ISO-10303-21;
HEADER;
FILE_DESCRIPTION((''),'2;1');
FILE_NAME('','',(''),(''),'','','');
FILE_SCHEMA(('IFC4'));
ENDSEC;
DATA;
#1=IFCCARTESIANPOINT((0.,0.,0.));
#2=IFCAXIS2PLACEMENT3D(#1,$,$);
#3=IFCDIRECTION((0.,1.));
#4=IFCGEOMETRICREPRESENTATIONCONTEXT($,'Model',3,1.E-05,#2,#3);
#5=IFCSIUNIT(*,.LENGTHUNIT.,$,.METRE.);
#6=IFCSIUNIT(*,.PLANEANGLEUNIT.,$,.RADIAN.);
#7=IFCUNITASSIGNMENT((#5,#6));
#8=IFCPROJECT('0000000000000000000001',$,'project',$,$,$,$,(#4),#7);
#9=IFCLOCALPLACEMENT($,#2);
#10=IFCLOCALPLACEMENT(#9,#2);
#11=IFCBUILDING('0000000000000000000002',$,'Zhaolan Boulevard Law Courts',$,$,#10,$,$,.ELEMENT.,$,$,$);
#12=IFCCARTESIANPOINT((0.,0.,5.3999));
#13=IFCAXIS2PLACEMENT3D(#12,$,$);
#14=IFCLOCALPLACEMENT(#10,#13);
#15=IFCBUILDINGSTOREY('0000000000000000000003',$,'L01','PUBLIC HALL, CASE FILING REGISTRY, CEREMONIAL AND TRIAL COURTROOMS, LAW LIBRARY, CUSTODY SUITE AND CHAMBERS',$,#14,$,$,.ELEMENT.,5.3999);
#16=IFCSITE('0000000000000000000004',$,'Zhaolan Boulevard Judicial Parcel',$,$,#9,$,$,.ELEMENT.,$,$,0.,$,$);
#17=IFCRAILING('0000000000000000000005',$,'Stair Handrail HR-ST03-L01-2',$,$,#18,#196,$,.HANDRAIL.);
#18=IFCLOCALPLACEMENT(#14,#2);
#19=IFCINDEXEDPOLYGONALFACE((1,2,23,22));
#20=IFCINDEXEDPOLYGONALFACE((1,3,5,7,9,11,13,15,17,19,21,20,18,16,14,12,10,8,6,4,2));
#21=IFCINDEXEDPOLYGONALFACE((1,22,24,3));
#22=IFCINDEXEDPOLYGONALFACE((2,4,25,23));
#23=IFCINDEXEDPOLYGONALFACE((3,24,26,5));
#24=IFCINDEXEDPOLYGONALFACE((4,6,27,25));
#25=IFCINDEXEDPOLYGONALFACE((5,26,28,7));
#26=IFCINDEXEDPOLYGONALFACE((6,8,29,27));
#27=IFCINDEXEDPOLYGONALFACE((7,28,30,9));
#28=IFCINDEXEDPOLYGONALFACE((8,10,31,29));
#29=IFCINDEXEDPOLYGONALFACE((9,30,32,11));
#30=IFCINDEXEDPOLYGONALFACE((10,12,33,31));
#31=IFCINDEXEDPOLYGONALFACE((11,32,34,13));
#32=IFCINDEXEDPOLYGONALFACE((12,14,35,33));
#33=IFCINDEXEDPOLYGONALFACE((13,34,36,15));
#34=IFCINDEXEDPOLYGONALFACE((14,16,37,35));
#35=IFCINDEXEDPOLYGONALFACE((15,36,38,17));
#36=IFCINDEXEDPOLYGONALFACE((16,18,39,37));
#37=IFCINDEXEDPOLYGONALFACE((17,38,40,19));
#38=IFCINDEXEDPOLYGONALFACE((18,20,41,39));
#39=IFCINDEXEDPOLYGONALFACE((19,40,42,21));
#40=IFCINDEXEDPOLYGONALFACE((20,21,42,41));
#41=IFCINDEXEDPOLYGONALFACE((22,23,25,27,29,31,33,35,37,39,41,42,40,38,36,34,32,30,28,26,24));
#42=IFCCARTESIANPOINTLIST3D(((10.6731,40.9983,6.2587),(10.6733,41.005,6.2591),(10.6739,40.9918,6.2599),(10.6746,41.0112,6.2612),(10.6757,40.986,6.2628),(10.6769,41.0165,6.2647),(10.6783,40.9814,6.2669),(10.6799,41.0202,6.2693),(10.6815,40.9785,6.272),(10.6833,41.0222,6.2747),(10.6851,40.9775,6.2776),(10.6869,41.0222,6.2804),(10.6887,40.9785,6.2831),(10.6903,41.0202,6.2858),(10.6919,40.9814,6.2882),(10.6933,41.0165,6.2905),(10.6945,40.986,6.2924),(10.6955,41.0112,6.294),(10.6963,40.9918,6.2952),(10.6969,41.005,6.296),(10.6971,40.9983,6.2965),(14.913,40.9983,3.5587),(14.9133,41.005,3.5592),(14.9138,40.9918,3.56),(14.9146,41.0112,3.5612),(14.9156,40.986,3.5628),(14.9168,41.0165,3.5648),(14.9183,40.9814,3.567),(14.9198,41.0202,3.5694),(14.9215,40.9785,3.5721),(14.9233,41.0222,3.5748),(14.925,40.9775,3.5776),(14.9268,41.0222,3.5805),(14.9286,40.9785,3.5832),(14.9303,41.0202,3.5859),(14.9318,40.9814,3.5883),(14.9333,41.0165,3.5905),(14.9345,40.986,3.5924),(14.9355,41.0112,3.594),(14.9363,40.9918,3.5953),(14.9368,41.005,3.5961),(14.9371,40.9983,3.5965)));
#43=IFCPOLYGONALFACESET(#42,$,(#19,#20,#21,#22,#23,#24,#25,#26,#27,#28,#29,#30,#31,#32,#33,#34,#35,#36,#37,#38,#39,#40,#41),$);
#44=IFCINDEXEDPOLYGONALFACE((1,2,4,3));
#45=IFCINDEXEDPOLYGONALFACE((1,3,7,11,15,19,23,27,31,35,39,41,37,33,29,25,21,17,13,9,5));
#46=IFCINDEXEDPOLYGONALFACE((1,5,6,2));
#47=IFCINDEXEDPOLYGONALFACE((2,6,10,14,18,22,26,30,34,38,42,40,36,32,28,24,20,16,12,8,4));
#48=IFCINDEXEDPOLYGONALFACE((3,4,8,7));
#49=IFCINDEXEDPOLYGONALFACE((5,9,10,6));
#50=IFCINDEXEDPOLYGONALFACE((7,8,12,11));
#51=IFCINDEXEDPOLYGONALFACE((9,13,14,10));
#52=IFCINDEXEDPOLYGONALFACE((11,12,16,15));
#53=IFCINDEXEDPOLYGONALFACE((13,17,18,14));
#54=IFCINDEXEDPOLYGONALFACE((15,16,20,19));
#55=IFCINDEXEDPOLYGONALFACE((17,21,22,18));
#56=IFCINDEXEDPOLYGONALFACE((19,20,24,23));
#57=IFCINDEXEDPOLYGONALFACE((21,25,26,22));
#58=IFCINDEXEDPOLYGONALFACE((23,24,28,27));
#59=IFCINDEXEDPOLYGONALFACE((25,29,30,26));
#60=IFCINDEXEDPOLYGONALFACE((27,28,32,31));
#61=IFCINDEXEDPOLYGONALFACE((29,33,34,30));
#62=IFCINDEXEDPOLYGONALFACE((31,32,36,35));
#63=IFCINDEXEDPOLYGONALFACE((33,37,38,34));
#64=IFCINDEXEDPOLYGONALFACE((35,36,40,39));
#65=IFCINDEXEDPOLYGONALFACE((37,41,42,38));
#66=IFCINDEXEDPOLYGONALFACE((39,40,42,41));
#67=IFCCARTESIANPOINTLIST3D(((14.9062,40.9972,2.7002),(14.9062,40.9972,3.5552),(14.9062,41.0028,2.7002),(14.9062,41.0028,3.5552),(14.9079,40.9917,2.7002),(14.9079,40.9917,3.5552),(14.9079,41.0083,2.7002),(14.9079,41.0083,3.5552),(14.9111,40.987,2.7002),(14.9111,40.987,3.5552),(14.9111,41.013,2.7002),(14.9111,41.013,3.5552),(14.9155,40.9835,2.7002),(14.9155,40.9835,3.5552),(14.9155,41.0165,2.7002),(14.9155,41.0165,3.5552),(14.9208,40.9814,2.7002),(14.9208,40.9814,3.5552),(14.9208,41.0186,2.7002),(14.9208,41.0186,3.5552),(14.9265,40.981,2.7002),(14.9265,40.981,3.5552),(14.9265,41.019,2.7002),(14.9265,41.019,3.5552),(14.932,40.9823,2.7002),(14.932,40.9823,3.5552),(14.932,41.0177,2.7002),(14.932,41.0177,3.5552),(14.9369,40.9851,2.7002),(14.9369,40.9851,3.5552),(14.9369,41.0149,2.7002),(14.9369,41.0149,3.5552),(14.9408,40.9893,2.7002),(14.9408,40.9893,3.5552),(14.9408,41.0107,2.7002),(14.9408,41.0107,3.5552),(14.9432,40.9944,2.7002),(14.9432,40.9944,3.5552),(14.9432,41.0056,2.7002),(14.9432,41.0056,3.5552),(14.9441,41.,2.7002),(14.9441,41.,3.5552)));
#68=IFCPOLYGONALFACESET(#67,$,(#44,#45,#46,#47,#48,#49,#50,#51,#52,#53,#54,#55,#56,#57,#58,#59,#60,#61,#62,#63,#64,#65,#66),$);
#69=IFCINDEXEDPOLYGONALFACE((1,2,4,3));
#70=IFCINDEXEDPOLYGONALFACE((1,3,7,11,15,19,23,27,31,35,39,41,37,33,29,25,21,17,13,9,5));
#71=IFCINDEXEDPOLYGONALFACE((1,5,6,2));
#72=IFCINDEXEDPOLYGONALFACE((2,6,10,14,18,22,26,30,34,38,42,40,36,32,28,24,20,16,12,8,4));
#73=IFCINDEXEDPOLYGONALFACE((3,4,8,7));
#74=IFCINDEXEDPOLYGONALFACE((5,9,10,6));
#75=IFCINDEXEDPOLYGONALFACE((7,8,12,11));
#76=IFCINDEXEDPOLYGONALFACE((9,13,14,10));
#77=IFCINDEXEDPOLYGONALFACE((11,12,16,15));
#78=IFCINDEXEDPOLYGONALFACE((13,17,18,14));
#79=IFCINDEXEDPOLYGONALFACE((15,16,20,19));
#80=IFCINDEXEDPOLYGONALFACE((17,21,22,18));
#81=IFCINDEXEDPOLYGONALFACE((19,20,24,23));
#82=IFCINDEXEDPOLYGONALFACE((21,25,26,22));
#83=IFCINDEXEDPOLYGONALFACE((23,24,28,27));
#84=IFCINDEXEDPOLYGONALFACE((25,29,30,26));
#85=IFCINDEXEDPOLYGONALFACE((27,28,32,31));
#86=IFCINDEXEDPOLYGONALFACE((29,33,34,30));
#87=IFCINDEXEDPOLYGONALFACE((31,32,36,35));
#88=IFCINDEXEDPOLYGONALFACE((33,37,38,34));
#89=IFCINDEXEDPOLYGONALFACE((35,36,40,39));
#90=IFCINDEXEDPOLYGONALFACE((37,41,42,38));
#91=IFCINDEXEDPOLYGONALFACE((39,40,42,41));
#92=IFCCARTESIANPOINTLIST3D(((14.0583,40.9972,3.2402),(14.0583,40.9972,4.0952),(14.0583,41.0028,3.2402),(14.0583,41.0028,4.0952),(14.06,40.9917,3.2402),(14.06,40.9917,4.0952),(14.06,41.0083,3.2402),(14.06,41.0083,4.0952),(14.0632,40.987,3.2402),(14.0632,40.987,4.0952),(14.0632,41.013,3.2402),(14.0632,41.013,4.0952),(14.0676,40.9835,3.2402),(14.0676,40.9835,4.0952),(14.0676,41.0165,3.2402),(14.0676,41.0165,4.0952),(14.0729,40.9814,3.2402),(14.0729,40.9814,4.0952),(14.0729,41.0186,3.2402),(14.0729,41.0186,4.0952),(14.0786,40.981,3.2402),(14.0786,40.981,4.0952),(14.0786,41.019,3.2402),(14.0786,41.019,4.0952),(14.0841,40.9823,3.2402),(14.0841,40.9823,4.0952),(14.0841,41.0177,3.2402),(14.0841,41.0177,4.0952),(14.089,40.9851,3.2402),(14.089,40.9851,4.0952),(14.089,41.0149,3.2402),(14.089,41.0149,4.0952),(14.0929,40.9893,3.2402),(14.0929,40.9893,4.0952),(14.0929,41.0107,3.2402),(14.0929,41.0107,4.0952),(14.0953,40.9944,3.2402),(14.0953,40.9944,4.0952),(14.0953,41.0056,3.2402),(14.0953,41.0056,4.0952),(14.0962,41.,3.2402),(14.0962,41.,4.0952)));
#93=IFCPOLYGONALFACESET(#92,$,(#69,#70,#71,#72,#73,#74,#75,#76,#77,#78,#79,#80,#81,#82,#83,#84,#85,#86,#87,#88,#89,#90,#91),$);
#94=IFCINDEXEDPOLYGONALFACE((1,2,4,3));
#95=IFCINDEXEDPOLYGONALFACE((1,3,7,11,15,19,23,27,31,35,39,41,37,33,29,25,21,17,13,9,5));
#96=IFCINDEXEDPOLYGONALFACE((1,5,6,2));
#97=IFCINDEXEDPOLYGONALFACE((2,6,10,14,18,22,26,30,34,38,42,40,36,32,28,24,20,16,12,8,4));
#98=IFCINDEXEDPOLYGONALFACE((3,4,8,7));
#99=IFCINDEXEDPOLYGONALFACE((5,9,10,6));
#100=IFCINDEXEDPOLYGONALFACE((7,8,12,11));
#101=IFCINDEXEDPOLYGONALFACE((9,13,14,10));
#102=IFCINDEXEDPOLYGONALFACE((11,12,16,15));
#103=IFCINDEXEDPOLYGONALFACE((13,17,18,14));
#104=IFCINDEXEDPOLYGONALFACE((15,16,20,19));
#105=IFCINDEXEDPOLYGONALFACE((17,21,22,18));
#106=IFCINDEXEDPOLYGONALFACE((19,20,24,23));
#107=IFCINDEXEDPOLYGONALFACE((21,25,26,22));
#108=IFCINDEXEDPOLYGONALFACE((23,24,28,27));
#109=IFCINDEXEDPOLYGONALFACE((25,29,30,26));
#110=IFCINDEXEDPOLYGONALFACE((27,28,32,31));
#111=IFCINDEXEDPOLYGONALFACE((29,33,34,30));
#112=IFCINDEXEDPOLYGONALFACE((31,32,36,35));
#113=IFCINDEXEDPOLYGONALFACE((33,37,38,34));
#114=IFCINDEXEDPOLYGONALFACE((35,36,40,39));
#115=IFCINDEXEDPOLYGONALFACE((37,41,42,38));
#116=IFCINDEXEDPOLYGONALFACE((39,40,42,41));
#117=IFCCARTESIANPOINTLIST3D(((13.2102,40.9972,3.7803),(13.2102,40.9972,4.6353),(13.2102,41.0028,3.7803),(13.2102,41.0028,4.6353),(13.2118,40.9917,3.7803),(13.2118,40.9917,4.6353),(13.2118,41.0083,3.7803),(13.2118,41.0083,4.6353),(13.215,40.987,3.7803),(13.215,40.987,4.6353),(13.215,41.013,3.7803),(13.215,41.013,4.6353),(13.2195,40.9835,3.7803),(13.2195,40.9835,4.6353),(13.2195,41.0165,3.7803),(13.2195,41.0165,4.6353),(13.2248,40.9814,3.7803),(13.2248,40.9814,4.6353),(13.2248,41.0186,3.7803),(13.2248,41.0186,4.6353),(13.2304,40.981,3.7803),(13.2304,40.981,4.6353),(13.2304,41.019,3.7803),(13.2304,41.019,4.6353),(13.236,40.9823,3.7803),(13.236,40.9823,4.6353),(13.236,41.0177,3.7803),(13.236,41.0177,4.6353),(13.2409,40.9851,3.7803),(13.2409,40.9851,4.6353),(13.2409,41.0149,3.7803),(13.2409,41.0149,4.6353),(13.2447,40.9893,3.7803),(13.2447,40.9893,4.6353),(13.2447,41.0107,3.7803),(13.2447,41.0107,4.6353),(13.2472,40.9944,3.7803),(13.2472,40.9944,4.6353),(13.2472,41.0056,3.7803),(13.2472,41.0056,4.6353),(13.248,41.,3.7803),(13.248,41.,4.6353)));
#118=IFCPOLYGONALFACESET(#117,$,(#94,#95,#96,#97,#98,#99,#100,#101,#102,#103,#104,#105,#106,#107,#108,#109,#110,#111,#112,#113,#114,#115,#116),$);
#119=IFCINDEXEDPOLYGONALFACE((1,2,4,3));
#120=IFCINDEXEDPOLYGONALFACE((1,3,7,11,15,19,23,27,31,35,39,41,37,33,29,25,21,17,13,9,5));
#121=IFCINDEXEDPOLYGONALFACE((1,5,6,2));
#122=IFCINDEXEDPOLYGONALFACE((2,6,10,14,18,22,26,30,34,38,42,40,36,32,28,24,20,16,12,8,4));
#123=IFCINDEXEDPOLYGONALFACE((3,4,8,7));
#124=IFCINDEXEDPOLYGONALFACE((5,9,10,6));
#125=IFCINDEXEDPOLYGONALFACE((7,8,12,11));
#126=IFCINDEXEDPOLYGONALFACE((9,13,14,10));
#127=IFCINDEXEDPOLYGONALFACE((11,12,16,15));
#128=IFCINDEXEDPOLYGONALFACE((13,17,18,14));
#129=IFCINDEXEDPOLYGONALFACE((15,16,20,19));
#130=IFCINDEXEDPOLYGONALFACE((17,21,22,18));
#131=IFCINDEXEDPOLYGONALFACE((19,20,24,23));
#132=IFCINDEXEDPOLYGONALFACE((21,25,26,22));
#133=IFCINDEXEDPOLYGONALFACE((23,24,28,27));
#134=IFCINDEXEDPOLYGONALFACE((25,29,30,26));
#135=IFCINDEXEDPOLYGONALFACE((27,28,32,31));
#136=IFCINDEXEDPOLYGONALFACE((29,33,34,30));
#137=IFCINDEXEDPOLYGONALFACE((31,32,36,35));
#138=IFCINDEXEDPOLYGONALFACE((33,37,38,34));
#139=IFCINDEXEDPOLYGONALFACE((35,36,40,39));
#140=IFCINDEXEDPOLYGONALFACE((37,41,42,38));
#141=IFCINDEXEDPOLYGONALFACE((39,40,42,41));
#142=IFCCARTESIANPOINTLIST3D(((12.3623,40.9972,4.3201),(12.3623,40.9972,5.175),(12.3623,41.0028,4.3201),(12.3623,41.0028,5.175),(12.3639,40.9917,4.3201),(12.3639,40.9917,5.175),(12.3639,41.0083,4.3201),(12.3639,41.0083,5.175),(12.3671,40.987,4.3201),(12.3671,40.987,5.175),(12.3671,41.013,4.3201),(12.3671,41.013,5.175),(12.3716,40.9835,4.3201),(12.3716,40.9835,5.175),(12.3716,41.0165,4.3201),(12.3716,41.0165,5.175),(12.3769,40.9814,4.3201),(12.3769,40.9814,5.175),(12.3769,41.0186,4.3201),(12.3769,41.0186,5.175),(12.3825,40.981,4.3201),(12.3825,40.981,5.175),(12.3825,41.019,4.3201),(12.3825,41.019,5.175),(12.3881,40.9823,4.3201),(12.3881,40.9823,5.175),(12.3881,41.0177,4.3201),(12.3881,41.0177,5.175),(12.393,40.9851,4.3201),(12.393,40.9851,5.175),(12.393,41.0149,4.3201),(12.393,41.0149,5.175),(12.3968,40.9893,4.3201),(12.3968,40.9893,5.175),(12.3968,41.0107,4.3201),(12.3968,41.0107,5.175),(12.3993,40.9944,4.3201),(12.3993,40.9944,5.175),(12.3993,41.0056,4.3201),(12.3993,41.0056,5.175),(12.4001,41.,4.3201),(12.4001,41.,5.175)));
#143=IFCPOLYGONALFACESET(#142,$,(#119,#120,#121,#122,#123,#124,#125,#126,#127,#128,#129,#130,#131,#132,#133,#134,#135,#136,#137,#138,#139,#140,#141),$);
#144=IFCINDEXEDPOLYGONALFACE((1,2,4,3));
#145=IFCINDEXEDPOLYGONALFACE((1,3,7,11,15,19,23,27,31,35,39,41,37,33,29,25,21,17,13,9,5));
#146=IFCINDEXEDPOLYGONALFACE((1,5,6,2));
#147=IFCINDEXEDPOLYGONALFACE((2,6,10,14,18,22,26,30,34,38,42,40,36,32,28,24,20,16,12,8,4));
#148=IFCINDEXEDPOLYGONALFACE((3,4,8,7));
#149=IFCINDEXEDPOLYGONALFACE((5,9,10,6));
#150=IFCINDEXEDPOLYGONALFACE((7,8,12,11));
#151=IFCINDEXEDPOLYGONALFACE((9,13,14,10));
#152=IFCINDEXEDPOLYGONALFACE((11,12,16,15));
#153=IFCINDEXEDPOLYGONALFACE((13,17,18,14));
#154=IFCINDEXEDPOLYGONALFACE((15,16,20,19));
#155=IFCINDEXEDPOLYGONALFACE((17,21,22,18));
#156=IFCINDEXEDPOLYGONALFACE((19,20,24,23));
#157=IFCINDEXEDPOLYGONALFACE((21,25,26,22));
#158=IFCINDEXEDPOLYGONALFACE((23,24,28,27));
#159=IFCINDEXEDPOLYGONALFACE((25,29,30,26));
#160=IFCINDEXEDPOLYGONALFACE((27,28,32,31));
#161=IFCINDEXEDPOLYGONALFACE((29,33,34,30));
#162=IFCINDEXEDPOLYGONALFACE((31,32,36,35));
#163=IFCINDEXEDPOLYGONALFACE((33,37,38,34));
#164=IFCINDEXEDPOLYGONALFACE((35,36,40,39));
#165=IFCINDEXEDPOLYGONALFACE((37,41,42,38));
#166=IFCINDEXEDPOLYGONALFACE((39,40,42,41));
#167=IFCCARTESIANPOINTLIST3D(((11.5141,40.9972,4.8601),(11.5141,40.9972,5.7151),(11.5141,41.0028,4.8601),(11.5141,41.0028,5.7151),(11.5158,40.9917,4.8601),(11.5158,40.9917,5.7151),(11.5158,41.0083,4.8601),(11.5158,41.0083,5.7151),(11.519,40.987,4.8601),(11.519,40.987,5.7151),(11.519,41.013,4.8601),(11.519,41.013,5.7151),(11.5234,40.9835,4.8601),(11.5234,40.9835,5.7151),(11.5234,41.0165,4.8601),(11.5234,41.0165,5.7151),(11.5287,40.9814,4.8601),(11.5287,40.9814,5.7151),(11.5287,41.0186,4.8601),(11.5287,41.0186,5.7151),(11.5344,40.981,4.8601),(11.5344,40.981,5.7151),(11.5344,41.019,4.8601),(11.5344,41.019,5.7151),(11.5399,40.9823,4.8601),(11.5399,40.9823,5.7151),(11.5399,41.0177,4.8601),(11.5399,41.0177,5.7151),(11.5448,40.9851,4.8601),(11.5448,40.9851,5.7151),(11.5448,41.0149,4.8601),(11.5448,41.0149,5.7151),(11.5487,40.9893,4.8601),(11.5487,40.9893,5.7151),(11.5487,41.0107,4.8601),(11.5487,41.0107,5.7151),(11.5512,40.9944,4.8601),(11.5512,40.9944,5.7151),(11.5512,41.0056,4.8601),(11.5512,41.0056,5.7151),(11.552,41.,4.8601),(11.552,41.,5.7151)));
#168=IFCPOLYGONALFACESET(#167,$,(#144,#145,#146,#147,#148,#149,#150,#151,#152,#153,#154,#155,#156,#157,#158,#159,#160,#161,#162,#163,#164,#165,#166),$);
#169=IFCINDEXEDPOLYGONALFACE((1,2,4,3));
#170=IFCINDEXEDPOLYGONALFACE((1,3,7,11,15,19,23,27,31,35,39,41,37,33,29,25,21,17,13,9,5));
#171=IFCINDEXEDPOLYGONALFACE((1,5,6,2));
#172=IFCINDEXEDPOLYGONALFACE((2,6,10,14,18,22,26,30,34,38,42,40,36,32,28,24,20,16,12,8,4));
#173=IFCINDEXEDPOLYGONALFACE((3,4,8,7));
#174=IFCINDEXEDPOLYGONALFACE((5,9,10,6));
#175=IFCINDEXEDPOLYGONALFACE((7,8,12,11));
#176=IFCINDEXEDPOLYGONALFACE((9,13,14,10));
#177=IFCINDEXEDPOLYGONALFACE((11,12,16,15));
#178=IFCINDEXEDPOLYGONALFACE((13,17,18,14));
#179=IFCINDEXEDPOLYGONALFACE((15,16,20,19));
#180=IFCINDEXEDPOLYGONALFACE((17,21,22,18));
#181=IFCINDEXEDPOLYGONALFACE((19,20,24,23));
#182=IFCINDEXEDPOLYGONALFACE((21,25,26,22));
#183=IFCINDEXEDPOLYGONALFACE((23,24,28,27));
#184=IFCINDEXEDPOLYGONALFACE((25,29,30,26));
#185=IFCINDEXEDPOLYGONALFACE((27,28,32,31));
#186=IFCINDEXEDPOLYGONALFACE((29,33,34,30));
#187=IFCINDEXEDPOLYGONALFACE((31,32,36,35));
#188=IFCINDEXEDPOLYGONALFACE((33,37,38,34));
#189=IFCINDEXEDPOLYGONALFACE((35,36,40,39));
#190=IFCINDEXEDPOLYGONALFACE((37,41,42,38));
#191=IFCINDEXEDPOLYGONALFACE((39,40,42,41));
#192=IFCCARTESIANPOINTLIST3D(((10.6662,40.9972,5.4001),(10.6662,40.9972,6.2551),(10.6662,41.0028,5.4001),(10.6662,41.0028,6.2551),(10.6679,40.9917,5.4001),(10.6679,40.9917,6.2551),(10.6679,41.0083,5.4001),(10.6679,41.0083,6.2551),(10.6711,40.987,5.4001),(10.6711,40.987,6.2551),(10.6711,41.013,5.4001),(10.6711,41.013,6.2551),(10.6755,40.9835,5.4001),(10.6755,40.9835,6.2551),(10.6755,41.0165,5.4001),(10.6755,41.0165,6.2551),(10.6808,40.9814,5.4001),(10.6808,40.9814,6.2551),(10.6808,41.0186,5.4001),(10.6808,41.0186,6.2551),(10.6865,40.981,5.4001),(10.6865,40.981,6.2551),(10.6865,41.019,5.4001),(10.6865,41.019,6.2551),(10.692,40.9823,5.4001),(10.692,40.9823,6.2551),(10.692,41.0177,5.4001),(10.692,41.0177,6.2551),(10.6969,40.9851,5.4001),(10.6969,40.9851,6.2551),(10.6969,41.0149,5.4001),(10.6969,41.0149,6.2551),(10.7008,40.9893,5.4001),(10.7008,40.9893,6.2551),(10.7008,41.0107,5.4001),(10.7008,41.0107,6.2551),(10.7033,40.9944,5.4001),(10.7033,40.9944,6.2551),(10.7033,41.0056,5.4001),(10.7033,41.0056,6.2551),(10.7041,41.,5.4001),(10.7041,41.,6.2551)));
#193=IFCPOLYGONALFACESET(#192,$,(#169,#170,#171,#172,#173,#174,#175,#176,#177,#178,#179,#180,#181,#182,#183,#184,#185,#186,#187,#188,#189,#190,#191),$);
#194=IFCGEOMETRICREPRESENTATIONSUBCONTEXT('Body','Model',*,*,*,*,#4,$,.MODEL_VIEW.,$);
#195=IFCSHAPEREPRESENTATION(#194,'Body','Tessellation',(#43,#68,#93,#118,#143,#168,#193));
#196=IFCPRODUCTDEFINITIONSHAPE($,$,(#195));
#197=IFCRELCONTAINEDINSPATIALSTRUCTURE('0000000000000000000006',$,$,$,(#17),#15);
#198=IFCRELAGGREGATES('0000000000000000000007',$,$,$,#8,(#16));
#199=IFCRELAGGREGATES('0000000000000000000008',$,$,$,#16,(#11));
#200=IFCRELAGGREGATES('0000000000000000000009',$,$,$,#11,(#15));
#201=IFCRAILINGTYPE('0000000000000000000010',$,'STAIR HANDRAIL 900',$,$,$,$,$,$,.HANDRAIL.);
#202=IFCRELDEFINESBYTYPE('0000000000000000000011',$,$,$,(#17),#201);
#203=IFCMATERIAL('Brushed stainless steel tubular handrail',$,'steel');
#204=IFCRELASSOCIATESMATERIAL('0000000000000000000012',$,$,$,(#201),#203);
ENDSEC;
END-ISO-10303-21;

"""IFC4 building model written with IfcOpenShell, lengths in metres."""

from ifc_helpers import new_model, si_unit, direction, frame, origin, origin_2d, place, context, subcontext, project, spatial, circle, extrude, material, type_object, element, save


model = new_model("IFC4")

# Units and contexts
model_context = context("Model", 3, precision=1e-05, world=origin(), true_north=direction((0.0, 1.0)))
body_context = subcontext(model_context, "Body", "Model", "MODEL_VIEW")
ifc_project = project(units=[si_unit("LENGTHUNIT", "METRE"), si_unit("PLANEANGLEUNIT", "RADIAN")], contexts=[model_context])

# Site, building, storey
site_placement = place(None, origin())
site = spatial("IfcSite", under=ifc_project, at=site_placement, Name="Zhaolan Boulevard Judicial Parcel", CompositionType="ELEMENT", RefElevation=0.0)
building_placement = place(site_placement, origin())
building = spatial("IfcBuilding", under=site, at=building_placement, Name="Zhaolan Boulevard Law Courts", CompositionType="ELEMENT")
storey_placement = place(building_placement, frame((0.0, 0.0, 5.3999)))
storey = spatial("IfcBuildingStorey", under=building, at=storey_placement, Name="L01", Description="PUBLIC HALL, CASE FILING REGISTRY, CEREMONIAL AND TRIAL COURTROOMS, LAW LIBRARY, CUSTODY SUITE AND CHAMBERS", CompositionType="ELEMENT", Elevation=5.3999)

# Railing
ifc_material_1 = material(Name="Brushed stainless steel tubular handrail", Category="steel")
railing_type_1 = type_object("IfcRailingType", Name="STAIR HANDRAIL 900", PredefinedType="HANDRAIL", material=ifc_material_1)
railing_1_placement = place(storey_placement, frame((14.925, 41.0, 2.7002)))
element("IfcRailing", 1, at=railing_1_placement, inside=storey, type_object=railing_type_1, Name="Stair Handrail HR-ST03-L01-2", PredefinedType="HANDRAIL", context=body_context, shape_type="SweptSolid", body=[
    extrude(circle(Radius=0.0225, at=origin_2d()), frame((0.0, 0.0, 0.8774), z_axis=(-0.843501, 0.0, 0.537127), x_axis=(0.0, -1.0, 0.0)), (0.0, 0.0, 1.0), 5.0266),
    extrude(circle(Radius=0.019, at=origin_2d()), origin(), (0.0, 0.0, 1.0), 0.855),
    extrude(circle(Radius=0.019, at=origin_2d()), frame((-0.8479, 0.0, 0.54)), (0.0, 0.0, 1.0), 0.855),
    extrude(circle(Radius=0.019, at=origin_2d()), frame((-1.696, 0.0, 1.0801)), (0.0, 0.0, 1.0), 0.855),
    extrude(circle(Radius=0.019, at=origin_2d()), frame((-2.5439, 0.0, 1.6199)), (0.0, 0.0, 1.0), 0.855),
    extrude(circle(Radius=0.019, at=origin_2d()), frame((-3.3921, 0.0, 2.1599)), (0.0, 0.0, 1.0), 0.855),
    extrude(circle(Radius=0.019, at=origin_2d()), frame((-4.24, 0.0, 2.7)), (0.0, 0.0, 1.0), 0.855),
])

save(model, "model.ifc")
